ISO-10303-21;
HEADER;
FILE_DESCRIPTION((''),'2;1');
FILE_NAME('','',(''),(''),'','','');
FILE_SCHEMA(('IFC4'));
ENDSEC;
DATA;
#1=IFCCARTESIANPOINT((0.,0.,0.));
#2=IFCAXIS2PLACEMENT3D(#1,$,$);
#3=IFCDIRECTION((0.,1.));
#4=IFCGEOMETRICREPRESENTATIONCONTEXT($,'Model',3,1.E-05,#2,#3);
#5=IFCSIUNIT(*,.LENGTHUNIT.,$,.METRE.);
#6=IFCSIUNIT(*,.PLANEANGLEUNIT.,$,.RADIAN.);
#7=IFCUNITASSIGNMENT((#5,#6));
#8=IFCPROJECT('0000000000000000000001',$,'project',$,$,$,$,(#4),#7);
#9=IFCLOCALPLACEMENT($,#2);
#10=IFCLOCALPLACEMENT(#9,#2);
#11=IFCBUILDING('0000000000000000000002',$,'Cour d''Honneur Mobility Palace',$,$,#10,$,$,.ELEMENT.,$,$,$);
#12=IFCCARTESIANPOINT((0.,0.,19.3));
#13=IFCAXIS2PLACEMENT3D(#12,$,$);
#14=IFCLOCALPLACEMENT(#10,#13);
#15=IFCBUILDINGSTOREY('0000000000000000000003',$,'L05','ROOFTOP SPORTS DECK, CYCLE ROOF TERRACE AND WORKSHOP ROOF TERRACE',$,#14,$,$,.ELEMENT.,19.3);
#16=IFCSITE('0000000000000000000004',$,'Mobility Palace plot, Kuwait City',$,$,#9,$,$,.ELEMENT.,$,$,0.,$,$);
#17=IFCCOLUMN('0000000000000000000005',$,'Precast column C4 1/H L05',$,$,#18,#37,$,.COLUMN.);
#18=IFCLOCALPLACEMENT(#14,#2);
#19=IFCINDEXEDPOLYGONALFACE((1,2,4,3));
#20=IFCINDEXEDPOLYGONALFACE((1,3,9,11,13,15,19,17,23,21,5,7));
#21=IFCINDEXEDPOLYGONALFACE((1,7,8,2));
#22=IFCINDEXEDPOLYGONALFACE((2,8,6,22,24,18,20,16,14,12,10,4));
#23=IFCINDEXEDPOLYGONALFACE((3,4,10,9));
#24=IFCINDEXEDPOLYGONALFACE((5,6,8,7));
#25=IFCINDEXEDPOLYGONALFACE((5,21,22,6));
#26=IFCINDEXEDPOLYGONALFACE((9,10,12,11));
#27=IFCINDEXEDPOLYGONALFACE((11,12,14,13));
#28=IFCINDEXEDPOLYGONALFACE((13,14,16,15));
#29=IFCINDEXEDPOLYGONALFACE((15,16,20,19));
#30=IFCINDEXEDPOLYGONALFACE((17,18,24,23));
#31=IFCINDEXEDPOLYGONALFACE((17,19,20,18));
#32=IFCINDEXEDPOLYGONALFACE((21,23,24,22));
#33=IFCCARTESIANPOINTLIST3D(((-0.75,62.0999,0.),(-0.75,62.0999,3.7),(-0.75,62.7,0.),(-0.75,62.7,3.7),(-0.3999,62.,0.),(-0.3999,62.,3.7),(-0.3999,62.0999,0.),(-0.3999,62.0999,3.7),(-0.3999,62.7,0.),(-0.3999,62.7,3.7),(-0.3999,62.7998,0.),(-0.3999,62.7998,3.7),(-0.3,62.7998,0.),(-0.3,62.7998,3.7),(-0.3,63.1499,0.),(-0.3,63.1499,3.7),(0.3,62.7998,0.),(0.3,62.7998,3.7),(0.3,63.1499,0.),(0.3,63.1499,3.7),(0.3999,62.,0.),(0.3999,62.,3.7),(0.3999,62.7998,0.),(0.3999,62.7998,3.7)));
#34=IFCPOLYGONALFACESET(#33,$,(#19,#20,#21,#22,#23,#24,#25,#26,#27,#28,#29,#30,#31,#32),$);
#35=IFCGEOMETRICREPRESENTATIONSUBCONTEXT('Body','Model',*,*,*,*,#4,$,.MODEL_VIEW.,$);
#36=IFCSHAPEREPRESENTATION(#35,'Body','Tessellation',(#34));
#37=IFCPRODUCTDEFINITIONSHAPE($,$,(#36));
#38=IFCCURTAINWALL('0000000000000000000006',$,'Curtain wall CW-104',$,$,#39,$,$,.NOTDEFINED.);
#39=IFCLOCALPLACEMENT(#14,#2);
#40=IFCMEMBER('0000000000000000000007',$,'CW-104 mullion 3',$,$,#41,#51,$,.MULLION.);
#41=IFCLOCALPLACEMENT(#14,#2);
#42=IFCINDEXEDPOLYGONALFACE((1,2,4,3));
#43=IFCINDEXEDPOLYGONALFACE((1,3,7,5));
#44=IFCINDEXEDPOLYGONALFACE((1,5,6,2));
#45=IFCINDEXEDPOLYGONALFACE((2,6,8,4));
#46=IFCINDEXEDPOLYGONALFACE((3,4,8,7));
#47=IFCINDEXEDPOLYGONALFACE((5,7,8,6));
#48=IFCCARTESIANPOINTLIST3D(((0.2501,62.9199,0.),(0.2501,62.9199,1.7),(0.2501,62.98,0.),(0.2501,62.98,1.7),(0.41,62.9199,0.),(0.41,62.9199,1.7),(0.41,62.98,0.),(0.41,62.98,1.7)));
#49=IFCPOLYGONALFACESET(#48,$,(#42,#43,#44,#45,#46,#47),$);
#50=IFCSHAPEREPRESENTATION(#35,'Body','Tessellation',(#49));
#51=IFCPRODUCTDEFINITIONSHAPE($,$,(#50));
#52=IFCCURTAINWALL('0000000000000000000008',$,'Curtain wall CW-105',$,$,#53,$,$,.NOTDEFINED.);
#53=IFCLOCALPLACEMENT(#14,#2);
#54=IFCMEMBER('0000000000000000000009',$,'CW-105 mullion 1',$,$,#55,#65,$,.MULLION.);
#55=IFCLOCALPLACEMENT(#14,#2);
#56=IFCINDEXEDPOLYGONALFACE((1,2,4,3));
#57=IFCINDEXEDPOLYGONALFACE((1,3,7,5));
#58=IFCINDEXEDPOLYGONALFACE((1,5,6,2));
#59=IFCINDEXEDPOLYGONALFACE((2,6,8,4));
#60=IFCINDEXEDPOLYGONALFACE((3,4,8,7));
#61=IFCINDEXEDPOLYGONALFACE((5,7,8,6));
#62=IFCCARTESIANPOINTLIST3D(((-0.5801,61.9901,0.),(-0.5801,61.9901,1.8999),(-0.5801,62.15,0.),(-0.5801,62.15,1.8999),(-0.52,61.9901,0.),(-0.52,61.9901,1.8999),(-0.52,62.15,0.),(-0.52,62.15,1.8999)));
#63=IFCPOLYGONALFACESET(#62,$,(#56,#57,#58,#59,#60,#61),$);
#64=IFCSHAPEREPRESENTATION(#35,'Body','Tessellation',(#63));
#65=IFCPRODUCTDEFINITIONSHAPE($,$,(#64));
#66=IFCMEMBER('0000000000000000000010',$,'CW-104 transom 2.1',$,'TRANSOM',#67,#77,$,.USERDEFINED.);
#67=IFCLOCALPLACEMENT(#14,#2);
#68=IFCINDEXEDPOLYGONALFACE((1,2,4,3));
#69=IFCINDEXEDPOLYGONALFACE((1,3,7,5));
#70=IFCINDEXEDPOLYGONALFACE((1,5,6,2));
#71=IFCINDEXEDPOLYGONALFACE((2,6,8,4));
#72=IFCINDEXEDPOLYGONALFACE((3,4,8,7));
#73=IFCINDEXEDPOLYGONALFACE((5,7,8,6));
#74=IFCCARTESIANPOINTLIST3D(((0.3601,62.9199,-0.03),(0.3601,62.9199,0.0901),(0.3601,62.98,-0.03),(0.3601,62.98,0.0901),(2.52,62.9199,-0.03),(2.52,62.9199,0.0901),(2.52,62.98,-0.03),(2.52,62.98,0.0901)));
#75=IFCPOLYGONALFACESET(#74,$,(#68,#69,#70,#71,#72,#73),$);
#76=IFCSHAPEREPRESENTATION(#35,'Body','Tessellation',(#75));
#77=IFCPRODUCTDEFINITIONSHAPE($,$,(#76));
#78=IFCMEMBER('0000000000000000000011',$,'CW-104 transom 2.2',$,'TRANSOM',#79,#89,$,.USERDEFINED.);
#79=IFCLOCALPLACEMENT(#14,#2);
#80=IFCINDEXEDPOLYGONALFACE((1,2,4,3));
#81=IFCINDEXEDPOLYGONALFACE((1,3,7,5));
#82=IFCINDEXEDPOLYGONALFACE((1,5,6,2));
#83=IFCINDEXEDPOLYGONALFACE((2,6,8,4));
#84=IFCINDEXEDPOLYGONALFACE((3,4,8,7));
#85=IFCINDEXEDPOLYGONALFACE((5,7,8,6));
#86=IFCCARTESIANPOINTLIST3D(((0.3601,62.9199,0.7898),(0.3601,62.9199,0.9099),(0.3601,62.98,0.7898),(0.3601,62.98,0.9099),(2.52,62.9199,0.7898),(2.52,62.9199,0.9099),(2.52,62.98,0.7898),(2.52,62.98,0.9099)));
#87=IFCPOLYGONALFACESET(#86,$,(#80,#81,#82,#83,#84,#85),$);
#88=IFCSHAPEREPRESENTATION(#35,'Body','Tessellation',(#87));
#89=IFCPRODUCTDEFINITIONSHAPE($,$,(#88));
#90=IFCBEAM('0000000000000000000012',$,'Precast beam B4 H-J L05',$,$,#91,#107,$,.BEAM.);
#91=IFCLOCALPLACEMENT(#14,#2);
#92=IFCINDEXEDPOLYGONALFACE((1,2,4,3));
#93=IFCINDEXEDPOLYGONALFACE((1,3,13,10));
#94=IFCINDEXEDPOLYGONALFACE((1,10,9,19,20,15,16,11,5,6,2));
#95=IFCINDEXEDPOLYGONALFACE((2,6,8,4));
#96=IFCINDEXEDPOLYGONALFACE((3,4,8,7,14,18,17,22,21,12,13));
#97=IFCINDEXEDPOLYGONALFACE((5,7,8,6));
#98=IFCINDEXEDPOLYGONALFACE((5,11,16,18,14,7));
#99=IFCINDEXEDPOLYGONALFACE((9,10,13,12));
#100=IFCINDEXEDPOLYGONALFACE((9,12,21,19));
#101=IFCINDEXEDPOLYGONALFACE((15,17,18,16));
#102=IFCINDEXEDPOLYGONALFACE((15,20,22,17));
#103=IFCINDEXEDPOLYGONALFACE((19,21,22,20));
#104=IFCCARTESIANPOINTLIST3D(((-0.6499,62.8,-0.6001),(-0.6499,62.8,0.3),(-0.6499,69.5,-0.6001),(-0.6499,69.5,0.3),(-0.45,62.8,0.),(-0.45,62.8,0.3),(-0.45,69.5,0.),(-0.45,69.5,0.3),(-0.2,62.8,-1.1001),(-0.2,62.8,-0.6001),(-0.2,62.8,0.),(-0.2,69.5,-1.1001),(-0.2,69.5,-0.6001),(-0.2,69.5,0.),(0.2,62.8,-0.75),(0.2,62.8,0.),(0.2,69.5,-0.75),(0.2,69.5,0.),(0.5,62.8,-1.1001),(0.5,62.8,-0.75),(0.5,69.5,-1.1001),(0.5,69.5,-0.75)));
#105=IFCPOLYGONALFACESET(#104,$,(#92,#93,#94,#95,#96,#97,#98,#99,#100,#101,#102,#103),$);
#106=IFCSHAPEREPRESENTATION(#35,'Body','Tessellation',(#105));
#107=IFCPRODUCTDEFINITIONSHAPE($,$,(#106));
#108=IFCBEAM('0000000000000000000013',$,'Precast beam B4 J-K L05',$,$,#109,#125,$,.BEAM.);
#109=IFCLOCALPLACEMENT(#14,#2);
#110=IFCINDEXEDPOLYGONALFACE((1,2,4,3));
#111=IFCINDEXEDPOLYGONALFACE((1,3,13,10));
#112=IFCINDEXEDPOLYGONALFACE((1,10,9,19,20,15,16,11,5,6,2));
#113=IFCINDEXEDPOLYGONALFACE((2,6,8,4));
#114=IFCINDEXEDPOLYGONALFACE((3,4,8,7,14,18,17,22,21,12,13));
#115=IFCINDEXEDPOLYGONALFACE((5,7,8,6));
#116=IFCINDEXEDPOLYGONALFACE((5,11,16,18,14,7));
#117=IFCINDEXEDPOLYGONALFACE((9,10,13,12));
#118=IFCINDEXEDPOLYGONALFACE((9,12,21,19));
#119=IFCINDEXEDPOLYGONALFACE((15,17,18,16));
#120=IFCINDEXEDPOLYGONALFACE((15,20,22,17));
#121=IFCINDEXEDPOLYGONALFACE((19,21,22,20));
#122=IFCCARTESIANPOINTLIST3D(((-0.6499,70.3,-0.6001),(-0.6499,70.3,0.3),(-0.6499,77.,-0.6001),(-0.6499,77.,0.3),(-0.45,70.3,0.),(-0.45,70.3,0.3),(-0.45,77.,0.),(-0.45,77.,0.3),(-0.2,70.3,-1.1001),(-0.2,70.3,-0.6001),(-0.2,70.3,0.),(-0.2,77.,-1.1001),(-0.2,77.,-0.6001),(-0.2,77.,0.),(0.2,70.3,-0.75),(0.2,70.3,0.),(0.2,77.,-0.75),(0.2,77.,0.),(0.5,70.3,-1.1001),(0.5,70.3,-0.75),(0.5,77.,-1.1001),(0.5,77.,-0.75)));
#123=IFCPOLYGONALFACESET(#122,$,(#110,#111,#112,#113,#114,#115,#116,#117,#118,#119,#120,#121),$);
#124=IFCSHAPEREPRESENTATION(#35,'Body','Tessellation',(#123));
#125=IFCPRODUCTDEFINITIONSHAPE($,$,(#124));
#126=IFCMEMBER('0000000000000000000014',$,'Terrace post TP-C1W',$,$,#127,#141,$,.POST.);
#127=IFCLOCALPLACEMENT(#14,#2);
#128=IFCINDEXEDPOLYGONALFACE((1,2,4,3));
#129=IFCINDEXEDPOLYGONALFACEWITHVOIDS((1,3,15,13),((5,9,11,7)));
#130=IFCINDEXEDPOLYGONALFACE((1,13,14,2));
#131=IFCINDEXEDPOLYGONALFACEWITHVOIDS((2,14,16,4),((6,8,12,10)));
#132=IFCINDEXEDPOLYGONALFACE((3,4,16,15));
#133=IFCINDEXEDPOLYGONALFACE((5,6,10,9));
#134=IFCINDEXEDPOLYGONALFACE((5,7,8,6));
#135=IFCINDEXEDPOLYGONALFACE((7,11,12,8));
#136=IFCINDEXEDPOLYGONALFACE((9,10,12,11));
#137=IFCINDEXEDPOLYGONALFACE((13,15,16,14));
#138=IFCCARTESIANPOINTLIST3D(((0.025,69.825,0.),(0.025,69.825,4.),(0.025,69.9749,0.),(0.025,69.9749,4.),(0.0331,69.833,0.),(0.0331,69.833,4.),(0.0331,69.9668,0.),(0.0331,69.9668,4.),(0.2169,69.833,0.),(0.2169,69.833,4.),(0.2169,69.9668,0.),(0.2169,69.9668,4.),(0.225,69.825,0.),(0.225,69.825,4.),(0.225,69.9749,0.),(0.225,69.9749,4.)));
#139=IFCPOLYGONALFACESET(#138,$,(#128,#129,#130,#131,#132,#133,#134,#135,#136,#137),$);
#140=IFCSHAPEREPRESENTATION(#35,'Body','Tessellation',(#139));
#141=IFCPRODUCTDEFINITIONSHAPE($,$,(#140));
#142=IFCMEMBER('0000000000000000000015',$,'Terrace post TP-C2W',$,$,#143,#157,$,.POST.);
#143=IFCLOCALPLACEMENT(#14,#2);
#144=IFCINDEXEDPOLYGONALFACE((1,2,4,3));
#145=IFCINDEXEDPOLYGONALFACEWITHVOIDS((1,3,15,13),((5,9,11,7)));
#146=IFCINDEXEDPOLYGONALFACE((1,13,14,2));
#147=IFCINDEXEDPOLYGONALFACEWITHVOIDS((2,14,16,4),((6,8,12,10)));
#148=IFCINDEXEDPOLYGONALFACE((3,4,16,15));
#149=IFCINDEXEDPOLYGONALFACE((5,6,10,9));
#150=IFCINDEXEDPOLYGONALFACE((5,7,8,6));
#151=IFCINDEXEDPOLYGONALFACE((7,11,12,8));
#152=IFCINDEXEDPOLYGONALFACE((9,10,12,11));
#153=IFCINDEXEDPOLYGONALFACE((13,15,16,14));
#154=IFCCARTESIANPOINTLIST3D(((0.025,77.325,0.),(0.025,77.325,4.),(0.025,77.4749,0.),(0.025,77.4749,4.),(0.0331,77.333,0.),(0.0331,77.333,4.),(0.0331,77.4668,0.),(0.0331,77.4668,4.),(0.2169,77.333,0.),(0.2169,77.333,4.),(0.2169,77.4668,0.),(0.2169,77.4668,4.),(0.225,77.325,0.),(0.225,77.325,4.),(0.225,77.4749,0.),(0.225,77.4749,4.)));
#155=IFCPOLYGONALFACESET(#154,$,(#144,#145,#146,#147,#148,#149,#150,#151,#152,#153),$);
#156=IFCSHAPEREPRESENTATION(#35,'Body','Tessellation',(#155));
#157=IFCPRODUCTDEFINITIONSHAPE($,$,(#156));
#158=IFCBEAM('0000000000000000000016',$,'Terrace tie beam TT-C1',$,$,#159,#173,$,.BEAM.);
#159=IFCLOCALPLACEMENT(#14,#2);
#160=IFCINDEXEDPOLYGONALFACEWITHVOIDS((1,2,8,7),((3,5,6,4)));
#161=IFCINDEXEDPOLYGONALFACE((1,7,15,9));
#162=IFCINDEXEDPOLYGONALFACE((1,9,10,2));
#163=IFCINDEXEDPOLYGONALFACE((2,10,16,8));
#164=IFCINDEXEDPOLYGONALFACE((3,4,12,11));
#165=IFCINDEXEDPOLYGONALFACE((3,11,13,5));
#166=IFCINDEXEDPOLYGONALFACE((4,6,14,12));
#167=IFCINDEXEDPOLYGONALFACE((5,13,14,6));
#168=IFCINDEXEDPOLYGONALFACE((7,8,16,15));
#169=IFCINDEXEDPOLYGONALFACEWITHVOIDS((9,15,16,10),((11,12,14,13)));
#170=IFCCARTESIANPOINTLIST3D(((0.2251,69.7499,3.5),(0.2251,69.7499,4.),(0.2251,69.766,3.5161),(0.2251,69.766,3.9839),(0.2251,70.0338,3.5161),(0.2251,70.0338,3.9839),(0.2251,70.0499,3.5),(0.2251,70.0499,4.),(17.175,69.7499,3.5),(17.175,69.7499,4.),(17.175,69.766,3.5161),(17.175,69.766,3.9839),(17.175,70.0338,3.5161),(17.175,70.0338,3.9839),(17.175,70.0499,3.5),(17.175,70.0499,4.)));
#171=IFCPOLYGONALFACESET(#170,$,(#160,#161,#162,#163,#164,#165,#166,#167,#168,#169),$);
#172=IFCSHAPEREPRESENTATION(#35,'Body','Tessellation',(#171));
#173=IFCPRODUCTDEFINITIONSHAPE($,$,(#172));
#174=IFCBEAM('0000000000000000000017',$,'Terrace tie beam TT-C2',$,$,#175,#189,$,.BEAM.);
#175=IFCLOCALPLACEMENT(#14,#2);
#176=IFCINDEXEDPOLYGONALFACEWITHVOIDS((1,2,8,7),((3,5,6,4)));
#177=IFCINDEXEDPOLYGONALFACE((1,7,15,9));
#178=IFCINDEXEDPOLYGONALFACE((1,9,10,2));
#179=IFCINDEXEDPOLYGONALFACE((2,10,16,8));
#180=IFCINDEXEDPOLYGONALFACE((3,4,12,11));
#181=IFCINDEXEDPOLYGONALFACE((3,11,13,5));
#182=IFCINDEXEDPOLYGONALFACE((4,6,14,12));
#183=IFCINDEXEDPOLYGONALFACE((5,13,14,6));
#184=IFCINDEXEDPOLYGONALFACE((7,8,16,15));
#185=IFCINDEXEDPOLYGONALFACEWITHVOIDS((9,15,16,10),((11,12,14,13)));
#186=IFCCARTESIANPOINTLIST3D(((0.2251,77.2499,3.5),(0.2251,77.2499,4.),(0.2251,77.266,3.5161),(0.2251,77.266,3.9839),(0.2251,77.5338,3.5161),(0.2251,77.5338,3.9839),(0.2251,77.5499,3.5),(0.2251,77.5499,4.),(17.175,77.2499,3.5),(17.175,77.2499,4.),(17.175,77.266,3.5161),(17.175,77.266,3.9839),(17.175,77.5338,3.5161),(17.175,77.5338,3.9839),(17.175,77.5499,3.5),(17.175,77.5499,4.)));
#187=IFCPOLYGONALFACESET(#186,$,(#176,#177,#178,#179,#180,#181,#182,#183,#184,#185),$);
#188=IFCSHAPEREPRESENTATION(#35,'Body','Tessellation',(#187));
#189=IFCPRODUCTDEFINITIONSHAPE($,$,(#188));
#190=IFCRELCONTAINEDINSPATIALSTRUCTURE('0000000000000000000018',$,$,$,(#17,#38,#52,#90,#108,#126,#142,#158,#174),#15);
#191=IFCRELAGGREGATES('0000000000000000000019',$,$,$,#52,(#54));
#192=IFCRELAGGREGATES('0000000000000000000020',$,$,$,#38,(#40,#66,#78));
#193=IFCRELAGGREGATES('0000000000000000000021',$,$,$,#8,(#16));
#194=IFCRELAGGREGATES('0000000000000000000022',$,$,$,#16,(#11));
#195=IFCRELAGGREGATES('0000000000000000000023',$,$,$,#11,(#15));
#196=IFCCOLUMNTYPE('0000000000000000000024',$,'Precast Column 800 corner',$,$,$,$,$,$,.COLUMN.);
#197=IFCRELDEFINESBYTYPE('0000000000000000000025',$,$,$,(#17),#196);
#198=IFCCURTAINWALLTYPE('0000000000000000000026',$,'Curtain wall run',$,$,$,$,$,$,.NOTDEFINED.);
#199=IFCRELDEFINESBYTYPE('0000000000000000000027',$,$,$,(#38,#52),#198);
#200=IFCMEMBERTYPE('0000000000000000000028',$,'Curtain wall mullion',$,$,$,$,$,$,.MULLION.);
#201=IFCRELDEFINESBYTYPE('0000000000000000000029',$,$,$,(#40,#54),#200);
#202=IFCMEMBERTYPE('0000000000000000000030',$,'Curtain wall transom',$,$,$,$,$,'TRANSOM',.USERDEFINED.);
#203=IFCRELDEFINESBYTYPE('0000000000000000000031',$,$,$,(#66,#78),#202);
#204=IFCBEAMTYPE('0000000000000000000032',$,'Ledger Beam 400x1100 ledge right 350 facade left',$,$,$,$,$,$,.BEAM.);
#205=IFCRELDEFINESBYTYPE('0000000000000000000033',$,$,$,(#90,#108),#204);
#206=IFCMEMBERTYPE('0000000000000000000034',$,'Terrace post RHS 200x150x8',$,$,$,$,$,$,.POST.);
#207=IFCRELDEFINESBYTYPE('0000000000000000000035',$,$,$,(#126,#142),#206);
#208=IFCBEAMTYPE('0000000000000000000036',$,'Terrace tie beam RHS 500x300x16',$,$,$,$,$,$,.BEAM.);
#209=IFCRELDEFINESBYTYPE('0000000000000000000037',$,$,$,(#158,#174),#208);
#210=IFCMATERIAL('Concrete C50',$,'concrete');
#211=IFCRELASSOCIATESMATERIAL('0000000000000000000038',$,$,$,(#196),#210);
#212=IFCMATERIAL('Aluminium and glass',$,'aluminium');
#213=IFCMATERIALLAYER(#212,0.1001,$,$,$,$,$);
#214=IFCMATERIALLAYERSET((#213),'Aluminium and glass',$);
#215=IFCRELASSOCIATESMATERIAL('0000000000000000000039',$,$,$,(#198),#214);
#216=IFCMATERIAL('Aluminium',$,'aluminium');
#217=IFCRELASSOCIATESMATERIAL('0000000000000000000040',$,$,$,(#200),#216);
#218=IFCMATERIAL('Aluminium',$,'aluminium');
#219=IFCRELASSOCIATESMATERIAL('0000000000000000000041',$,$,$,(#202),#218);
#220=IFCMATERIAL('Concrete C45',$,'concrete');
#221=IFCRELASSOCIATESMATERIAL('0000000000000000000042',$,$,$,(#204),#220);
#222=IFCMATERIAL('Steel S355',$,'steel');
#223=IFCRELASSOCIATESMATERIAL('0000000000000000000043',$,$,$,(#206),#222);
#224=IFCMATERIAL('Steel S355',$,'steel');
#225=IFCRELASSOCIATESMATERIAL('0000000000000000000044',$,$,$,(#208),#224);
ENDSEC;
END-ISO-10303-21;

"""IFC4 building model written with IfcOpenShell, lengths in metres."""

from ifc_helpers import new_model, si_unit, direction, frame, origin, origin_2d, place, context, subcontext, project, spatial, polyline, rectangle, hollow_rectangle, outline, extrude, material, layer, layer_set, material_profile, profile_set, type_object, element, aggregate, save


model = new_model("IFC4")

# Units and contexts
model_context = context("Model", 3, precision=1e-05, world=origin(), true_north=direction((0.0, 1.0)))
body_context = subcontext(model_context, "Body", "Model", "MODEL_VIEW")
ifc_project = project(units=[si_unit("LENGTHUNIT", "METRE"), si_unit("PLANEANGLEUNIT", "RADIAN")], contexts=[model_context])

# Site, building, storey
site_placement = place(None, origin())
site = spatial("IfcSite", under=ifc_project, at=site_placement, Name="Mobility Palace plot, Kuwait City", CompositionType="ELEMENT", RefElevation=0.0)
building_placement = place(site_placement, origin())
building = spatial("IfcBuilding", under=site, at=building_placement, Name="Cour d'Honneur Mobility Palace", CompositionType="ELEMENT")
storey_placement = place(building_placement, frame((0.0, 0.0, 19.3)))
storey = spatial("IfcBuildingStorey", under=building, at=storey_placement, Name="L05", Description="ROOFTOP SPORTS DECK, CYCLE ROOF TERRACE AND WORKSHOP ROOF TERRACE", CompositionType="ELEMENT", Elevation=19.3)

# Column
ifc_material_1 = material(Name="Concrete C50", Category="concrete")
ifc_material_profile_1 = material_profile(ifc_material_1, outline(polyline([(-0.3999, -0.3999), (0.3999, -0.3999), (0.3999, -0.3), (0.75, -0.3), (0.75, 0.3), (0.3999, 0.3), (0.3999, 0.3999), (0.3, 0.3999), (0.3, 0.75), (-0.3, 0.75), (-0.3, 0.3999), (-0.3999, 0.3999), (-0.3999, -0.3999)])), Name="PC C800 corner")
ifc_profile_set_1 = profile_set([ifc_material_profile_1], Name="Concrete C50")
column_type = type_object("IfcColumnType", Name="Precast Column 800 corner", PredefinedType="COLUMN", material=ifc_profile_set_1)
column_placement = place(storey_placement, frame((0.0, 62.3999, 0.0), z_axis=(0.0, 0.0, 1.0), x_axis=(0.0, 1.0, 0.0)))
element("IfcColumn", 1, at=column_placement, inside=storey, type_object=column_type, Name="Precast column C4 1/H L05", PredefinedType="COLUMN", context=body_context, shape_type="SweptSolid", body=[
    extrude(outline(polyline([(-0.3999, -0.3999), (0.3999, -0.3999), (0.3999, -0.3), (0.75, -0.3), (0.75, 0.3), (0.3999, 0.3), (0.3999, 0.3999), (0.3, 0.3999), (0.3, 0.75), (-0.3, 0.75), (-0.3, 0.3999), (-0.3999, 0.3999), (-0.3999, -0.3999)])), origin(), (0.0, 0.0, 1.0), 3.7),
])

# Curtain walls, members
ifc_material_2 = material(Name="Aluminium and glass", Category="aluminium")
ifc_layer_1 = layer(ifc_material_2, 0.1001)
ifc_layer_set_1 = layer_set([ifc_layer_1], Name="Aluminium and glass")
curtain_wall_type = type_object("IfcCurtainWallType", Name="Curtain wall run", PredefinedType="NOTDEFINED", material=ifc_layer_set_1)
curtain_wall_1_placement = place(storey_placement, origin())
curtain_wall_1 = element("IfcCurtainWall", 2, at=curtain_wall_1_placement, inside=storey, type_object=curtain_wall_type, Name="Curtain wall CW-104", PredefinedType="NOTDEFINED")
ifc_material_3 = material(Name="Aluminium", Category="aluminium")
ifc_material_profile_2 = material_profile(ifc_material_3, rectangle(XDim=0.0601, YDim=0.1599, at=origin_2d()), Name="Curtain wall mullion")
ifc_profile_set_2 = profile_set([ifc_material_profile_2], Name="Aluminium")
member_type_1 = type_object("IfcMemberType", Name="Curtain wall mullion", PredefinedType="MULLION", material=ifc_profile_set_2)
member_1_placement = place(storey_placement, frame((0.3301, 62.95, 0.0), z_axis=(0.0, 0.0, 1.0), x_axis=(0.0, -1.0, 0.0)))
member_1 = element("IfcMember", 3, at=member_1_placement, type_object=member_type_1, Name="CW-104 mullion 3", PredefinedType="MULLION", context=body_context, shape_type="SweptSolid", body=[
    extrude(rectangle(XDim=0.0601, YDim=0.1599, at=origin_2d()), origin(), (0.0, 0.0, 1.0), 1.7),
])
curtain_wall_2_placement = place(storey_placement, origin())
curtain_wall_2 = element("IfcCurtainWall", 4, at=curtain_wall_2_placement, inside=storey, type_object=curtain_wall_type, Name="Curtain wall CW-105", PredefinedType="NOTDEFINED")
member_2_placement = place(storey_placement, frame((-0.55, 62.0701, 0.0), z_axis=(0.0, 0.0, 1.0), x_axis=(1.0, 0.0, 0.0)))
member_2 = element("IfcMember", 5, at=member_2_placement, type_object=member_type_1, Name="CW-105 mullion 1", PredefinedType="MULLION", context=body_context, shape_type="SweptSolid", body=[
    extrude(rectangle(XDim=0.0601, YDim=0.1599, at=origin_2d()), origin(), (0.0, 0.0, 1.0), 1.8999),
])
aggregate(curtain_wall_2, [member_2])

# Members
ifc_material_4 = material(Name="Aluminium", Category="aluminium")
ifc_material_profile_3 = material_profile(ifc_material_4, rectangle(XDim=0.0601, YDim=0.1201, at=origin_2d()), Name="Curtain wall transom")
ifc_profile_set_3 = profile_set([ifc_material_profile_3], Name="Aluminium")
member_type_2 = type_object("IfcMemberType", Name="Curtain wall transom", ElementType="TRANSOM", PredefinedType="USERDEFINED", material=ifc_profile_set_3)
member_3_placement = place(storey_placement, frame((2.52, 62.95, 0.03), z_axis=(-1.0, 0.0, 0.0), x_axis=(0.0, -1.0, 0.0)))
member_3 = element("IfcMember", 6, at=member_3_placement, type_object=member_type_2, Name="CW-104 transom 2.1", ObjectType="TRANSOM", PredefinedType="USERDEFINED", context=body_context, shape_type="SweptSolid", body=[
    extrude(rectangle(XDim=0.0601, YDim=0.1201, at=origin_2d()), origin(), (0.0, 0.0, 1.0), 2.1599),
])
member_4_placement = place(storey_placement, frame((2.52, 62.95, 0.8499), z_axis=(-1.0, 0.0, 0.0), x_axis=(0.0, -1.0, 0.0)))
member_4 = element("IfcMember", 7, at=member_4_placement, type_object=member_type_2, Name="CW-104 transom 2.2", ObjectType="TRANSOM", PredefinedType="USERDEFINED", context=body_context, shape_type="SweptSolid", body=[
    extrude(rectangle(XDim=0.0601, YDim=0.1201, at=origin_2d()), origin(), (0.0, 0.0, 1.0), 2.1599),
])

# Beams
ifc_material_5 = material(Name="Concrete C45", Category="concrete")
ifc_material_profile_4 = material_profile(ifc_material_5, outline(polyline([(0.2, -1.1001), (0.2, -0.6001), (0.6499, -0.6001), (0.6499, 0.3), (0.45, 0.3), (0.45, 0.0), (0.2, 0.0), (-0.2, 0.0), (-0.2, -0.75), (-0.5, -0.75), (-0.5, -1.1001), (0.2, -1.1001)])), Name="Ledger Beam 400x1100 ledge right 350 facade left")
ifc_profile_set_4 = profile_set([ifc_material_profile_4], Name="Concrete C45")
beam_type_1 = type_object("IfcBeamType", Name="Ledger Beam 400x1100 ledge right 350 facade left", PredefinedType="BEAM", material=ifc_profile_set_4)
for number, where, z_axis, x_axis, name in (
    (8, (0.0, 62.8, 0.0), (0.0, 1.0, 0.0), (-1.0, 0.0, 0.0), "Precast beam B4 H-J L05"),
    (9, (0.0, 70.3, 0.0), (0.0, 1.0, 0.0), (-1.0, 0.0, 0.0), "Precast beam B4 J-K L05"),
):
    element("IfcBeam", number, at=place(storey_placement, frame(where, z_axis=z_axis, x_axis=x_axis)), inside=storey, type_object=beam_type_1, Name=name, PredefinedType="BEAM", context=body_context, shape_type="SweptSolid", body=[
        extrude(outline(polyline([(0.2, -1.1001), (0.2, -0.6001), (0.6499, -0.6001), (0.6499, 0.3), (0.45, 0.3), (0.45, 0.0), (0.2, 0.0), (-0.2, 0.0), (-0.2, -0.75), (-0.5, -0.75), (-0.5, -1.1001), (0.2, -1.1001)])), origin(), (0.0, 0.0, 1.0), 6.7),
    ])

# Members
ifc_material_6 = material(Name="Steel S355", Category="steel")
ifc_material_profile_5 = material_profile(ifc_material_6, hollow_rectangle(XDim=0.1499, YDim=0.2, WallThickness=0.0081, at=origin_2d()), Name="RHS 200x150x8")
ifc_profile_set_5 = profile_set([ifc_material_profile_5], Name="Steel S355")
member_type_3 = type_object("IfcMemberType", Name="Terrace post RHS 200x150x8", PredefinedType="POST", material=ifc_profile_set_5)
for number, where, z_axis, x_axis, name in (
    (10, (0.125, 69.8999, 0.0), (0.0, 0.0, 1.0), (0.0, 1.0, 0.0), "Terrace post TP-C1W"),
    (11, (0.125, 77.3999, 0.0), (0.0, 0.0, 1.0), (0.0, 1.0, 0.0), "Terrace post TP-C2W"),
):
    element("IfcMember", number, at=place(storey_placement, frame(where, z_axis=z_axis, x_axis=x_axis)), inside=storey, type_object=member_type_3, Name=name, PredefinedType="POST", context=body_context, shape_type="SweptSolid", body=[
        extrude(hollow_rectangle(XDim=0.1499, YDim=0.2, WallThickness=0.0081, at=origin_2d()), origin(), (0.0, 0.0, 1.0), 4.0),
    ])

# Beams
ifc_material_7 = material(Name="Steel S355", Category="steel")
ifc_material_profile_6 = material_profile(ifc_material_7, hollow_rectangle(XDim=0.3, YDim=0.5, WallThickness=0.0161, at=origin_2d()), Name="RHS 500x300x16")
ifc_profile_set_6 = profile_set([ifc_material_profile_6], Name="Steel S355")
beam_type_2 = type_object("IfcBeamType", Name="Terrace tie beam RHS 500x300x16", PredefinedType="BEAM", material=ifc_profile_set_6)
for number, where, z_axis, x_axis, name in (
    (12, (0.2251, 69.8999, 3.75), (1.0, 0.0, 0.0), (0.0, 1.0, 0.0), "Terrace tie beam TT-C1"),
    (13, (0.2251, 77.3999, 3.75), (1.0, 0.0, 0.0), (0.0, 1.0, 0.0), "Terrace tie beam TT-C2"),
):
    element("IfcBeam", number, at=place(storey_placement, frame(where, z_axis=z_axis, x_axis=x_axis)), inside=storey, type_object=beam_type_2, Name=name, PredefinedType="BEAM", context=body_context, shape_type="SweptSolid", body=[
        extrude(hollow_rectangle(XDim=0.3, YDim=0.5, WallThickness=0.0161, at=origin_2d()), origin(), (0.0, 0.0, 1.0), 16.95),
    ])

aggregate(curtain_wall_1, [member_1, member_3, member_4])

save(model, "model.ifc")
